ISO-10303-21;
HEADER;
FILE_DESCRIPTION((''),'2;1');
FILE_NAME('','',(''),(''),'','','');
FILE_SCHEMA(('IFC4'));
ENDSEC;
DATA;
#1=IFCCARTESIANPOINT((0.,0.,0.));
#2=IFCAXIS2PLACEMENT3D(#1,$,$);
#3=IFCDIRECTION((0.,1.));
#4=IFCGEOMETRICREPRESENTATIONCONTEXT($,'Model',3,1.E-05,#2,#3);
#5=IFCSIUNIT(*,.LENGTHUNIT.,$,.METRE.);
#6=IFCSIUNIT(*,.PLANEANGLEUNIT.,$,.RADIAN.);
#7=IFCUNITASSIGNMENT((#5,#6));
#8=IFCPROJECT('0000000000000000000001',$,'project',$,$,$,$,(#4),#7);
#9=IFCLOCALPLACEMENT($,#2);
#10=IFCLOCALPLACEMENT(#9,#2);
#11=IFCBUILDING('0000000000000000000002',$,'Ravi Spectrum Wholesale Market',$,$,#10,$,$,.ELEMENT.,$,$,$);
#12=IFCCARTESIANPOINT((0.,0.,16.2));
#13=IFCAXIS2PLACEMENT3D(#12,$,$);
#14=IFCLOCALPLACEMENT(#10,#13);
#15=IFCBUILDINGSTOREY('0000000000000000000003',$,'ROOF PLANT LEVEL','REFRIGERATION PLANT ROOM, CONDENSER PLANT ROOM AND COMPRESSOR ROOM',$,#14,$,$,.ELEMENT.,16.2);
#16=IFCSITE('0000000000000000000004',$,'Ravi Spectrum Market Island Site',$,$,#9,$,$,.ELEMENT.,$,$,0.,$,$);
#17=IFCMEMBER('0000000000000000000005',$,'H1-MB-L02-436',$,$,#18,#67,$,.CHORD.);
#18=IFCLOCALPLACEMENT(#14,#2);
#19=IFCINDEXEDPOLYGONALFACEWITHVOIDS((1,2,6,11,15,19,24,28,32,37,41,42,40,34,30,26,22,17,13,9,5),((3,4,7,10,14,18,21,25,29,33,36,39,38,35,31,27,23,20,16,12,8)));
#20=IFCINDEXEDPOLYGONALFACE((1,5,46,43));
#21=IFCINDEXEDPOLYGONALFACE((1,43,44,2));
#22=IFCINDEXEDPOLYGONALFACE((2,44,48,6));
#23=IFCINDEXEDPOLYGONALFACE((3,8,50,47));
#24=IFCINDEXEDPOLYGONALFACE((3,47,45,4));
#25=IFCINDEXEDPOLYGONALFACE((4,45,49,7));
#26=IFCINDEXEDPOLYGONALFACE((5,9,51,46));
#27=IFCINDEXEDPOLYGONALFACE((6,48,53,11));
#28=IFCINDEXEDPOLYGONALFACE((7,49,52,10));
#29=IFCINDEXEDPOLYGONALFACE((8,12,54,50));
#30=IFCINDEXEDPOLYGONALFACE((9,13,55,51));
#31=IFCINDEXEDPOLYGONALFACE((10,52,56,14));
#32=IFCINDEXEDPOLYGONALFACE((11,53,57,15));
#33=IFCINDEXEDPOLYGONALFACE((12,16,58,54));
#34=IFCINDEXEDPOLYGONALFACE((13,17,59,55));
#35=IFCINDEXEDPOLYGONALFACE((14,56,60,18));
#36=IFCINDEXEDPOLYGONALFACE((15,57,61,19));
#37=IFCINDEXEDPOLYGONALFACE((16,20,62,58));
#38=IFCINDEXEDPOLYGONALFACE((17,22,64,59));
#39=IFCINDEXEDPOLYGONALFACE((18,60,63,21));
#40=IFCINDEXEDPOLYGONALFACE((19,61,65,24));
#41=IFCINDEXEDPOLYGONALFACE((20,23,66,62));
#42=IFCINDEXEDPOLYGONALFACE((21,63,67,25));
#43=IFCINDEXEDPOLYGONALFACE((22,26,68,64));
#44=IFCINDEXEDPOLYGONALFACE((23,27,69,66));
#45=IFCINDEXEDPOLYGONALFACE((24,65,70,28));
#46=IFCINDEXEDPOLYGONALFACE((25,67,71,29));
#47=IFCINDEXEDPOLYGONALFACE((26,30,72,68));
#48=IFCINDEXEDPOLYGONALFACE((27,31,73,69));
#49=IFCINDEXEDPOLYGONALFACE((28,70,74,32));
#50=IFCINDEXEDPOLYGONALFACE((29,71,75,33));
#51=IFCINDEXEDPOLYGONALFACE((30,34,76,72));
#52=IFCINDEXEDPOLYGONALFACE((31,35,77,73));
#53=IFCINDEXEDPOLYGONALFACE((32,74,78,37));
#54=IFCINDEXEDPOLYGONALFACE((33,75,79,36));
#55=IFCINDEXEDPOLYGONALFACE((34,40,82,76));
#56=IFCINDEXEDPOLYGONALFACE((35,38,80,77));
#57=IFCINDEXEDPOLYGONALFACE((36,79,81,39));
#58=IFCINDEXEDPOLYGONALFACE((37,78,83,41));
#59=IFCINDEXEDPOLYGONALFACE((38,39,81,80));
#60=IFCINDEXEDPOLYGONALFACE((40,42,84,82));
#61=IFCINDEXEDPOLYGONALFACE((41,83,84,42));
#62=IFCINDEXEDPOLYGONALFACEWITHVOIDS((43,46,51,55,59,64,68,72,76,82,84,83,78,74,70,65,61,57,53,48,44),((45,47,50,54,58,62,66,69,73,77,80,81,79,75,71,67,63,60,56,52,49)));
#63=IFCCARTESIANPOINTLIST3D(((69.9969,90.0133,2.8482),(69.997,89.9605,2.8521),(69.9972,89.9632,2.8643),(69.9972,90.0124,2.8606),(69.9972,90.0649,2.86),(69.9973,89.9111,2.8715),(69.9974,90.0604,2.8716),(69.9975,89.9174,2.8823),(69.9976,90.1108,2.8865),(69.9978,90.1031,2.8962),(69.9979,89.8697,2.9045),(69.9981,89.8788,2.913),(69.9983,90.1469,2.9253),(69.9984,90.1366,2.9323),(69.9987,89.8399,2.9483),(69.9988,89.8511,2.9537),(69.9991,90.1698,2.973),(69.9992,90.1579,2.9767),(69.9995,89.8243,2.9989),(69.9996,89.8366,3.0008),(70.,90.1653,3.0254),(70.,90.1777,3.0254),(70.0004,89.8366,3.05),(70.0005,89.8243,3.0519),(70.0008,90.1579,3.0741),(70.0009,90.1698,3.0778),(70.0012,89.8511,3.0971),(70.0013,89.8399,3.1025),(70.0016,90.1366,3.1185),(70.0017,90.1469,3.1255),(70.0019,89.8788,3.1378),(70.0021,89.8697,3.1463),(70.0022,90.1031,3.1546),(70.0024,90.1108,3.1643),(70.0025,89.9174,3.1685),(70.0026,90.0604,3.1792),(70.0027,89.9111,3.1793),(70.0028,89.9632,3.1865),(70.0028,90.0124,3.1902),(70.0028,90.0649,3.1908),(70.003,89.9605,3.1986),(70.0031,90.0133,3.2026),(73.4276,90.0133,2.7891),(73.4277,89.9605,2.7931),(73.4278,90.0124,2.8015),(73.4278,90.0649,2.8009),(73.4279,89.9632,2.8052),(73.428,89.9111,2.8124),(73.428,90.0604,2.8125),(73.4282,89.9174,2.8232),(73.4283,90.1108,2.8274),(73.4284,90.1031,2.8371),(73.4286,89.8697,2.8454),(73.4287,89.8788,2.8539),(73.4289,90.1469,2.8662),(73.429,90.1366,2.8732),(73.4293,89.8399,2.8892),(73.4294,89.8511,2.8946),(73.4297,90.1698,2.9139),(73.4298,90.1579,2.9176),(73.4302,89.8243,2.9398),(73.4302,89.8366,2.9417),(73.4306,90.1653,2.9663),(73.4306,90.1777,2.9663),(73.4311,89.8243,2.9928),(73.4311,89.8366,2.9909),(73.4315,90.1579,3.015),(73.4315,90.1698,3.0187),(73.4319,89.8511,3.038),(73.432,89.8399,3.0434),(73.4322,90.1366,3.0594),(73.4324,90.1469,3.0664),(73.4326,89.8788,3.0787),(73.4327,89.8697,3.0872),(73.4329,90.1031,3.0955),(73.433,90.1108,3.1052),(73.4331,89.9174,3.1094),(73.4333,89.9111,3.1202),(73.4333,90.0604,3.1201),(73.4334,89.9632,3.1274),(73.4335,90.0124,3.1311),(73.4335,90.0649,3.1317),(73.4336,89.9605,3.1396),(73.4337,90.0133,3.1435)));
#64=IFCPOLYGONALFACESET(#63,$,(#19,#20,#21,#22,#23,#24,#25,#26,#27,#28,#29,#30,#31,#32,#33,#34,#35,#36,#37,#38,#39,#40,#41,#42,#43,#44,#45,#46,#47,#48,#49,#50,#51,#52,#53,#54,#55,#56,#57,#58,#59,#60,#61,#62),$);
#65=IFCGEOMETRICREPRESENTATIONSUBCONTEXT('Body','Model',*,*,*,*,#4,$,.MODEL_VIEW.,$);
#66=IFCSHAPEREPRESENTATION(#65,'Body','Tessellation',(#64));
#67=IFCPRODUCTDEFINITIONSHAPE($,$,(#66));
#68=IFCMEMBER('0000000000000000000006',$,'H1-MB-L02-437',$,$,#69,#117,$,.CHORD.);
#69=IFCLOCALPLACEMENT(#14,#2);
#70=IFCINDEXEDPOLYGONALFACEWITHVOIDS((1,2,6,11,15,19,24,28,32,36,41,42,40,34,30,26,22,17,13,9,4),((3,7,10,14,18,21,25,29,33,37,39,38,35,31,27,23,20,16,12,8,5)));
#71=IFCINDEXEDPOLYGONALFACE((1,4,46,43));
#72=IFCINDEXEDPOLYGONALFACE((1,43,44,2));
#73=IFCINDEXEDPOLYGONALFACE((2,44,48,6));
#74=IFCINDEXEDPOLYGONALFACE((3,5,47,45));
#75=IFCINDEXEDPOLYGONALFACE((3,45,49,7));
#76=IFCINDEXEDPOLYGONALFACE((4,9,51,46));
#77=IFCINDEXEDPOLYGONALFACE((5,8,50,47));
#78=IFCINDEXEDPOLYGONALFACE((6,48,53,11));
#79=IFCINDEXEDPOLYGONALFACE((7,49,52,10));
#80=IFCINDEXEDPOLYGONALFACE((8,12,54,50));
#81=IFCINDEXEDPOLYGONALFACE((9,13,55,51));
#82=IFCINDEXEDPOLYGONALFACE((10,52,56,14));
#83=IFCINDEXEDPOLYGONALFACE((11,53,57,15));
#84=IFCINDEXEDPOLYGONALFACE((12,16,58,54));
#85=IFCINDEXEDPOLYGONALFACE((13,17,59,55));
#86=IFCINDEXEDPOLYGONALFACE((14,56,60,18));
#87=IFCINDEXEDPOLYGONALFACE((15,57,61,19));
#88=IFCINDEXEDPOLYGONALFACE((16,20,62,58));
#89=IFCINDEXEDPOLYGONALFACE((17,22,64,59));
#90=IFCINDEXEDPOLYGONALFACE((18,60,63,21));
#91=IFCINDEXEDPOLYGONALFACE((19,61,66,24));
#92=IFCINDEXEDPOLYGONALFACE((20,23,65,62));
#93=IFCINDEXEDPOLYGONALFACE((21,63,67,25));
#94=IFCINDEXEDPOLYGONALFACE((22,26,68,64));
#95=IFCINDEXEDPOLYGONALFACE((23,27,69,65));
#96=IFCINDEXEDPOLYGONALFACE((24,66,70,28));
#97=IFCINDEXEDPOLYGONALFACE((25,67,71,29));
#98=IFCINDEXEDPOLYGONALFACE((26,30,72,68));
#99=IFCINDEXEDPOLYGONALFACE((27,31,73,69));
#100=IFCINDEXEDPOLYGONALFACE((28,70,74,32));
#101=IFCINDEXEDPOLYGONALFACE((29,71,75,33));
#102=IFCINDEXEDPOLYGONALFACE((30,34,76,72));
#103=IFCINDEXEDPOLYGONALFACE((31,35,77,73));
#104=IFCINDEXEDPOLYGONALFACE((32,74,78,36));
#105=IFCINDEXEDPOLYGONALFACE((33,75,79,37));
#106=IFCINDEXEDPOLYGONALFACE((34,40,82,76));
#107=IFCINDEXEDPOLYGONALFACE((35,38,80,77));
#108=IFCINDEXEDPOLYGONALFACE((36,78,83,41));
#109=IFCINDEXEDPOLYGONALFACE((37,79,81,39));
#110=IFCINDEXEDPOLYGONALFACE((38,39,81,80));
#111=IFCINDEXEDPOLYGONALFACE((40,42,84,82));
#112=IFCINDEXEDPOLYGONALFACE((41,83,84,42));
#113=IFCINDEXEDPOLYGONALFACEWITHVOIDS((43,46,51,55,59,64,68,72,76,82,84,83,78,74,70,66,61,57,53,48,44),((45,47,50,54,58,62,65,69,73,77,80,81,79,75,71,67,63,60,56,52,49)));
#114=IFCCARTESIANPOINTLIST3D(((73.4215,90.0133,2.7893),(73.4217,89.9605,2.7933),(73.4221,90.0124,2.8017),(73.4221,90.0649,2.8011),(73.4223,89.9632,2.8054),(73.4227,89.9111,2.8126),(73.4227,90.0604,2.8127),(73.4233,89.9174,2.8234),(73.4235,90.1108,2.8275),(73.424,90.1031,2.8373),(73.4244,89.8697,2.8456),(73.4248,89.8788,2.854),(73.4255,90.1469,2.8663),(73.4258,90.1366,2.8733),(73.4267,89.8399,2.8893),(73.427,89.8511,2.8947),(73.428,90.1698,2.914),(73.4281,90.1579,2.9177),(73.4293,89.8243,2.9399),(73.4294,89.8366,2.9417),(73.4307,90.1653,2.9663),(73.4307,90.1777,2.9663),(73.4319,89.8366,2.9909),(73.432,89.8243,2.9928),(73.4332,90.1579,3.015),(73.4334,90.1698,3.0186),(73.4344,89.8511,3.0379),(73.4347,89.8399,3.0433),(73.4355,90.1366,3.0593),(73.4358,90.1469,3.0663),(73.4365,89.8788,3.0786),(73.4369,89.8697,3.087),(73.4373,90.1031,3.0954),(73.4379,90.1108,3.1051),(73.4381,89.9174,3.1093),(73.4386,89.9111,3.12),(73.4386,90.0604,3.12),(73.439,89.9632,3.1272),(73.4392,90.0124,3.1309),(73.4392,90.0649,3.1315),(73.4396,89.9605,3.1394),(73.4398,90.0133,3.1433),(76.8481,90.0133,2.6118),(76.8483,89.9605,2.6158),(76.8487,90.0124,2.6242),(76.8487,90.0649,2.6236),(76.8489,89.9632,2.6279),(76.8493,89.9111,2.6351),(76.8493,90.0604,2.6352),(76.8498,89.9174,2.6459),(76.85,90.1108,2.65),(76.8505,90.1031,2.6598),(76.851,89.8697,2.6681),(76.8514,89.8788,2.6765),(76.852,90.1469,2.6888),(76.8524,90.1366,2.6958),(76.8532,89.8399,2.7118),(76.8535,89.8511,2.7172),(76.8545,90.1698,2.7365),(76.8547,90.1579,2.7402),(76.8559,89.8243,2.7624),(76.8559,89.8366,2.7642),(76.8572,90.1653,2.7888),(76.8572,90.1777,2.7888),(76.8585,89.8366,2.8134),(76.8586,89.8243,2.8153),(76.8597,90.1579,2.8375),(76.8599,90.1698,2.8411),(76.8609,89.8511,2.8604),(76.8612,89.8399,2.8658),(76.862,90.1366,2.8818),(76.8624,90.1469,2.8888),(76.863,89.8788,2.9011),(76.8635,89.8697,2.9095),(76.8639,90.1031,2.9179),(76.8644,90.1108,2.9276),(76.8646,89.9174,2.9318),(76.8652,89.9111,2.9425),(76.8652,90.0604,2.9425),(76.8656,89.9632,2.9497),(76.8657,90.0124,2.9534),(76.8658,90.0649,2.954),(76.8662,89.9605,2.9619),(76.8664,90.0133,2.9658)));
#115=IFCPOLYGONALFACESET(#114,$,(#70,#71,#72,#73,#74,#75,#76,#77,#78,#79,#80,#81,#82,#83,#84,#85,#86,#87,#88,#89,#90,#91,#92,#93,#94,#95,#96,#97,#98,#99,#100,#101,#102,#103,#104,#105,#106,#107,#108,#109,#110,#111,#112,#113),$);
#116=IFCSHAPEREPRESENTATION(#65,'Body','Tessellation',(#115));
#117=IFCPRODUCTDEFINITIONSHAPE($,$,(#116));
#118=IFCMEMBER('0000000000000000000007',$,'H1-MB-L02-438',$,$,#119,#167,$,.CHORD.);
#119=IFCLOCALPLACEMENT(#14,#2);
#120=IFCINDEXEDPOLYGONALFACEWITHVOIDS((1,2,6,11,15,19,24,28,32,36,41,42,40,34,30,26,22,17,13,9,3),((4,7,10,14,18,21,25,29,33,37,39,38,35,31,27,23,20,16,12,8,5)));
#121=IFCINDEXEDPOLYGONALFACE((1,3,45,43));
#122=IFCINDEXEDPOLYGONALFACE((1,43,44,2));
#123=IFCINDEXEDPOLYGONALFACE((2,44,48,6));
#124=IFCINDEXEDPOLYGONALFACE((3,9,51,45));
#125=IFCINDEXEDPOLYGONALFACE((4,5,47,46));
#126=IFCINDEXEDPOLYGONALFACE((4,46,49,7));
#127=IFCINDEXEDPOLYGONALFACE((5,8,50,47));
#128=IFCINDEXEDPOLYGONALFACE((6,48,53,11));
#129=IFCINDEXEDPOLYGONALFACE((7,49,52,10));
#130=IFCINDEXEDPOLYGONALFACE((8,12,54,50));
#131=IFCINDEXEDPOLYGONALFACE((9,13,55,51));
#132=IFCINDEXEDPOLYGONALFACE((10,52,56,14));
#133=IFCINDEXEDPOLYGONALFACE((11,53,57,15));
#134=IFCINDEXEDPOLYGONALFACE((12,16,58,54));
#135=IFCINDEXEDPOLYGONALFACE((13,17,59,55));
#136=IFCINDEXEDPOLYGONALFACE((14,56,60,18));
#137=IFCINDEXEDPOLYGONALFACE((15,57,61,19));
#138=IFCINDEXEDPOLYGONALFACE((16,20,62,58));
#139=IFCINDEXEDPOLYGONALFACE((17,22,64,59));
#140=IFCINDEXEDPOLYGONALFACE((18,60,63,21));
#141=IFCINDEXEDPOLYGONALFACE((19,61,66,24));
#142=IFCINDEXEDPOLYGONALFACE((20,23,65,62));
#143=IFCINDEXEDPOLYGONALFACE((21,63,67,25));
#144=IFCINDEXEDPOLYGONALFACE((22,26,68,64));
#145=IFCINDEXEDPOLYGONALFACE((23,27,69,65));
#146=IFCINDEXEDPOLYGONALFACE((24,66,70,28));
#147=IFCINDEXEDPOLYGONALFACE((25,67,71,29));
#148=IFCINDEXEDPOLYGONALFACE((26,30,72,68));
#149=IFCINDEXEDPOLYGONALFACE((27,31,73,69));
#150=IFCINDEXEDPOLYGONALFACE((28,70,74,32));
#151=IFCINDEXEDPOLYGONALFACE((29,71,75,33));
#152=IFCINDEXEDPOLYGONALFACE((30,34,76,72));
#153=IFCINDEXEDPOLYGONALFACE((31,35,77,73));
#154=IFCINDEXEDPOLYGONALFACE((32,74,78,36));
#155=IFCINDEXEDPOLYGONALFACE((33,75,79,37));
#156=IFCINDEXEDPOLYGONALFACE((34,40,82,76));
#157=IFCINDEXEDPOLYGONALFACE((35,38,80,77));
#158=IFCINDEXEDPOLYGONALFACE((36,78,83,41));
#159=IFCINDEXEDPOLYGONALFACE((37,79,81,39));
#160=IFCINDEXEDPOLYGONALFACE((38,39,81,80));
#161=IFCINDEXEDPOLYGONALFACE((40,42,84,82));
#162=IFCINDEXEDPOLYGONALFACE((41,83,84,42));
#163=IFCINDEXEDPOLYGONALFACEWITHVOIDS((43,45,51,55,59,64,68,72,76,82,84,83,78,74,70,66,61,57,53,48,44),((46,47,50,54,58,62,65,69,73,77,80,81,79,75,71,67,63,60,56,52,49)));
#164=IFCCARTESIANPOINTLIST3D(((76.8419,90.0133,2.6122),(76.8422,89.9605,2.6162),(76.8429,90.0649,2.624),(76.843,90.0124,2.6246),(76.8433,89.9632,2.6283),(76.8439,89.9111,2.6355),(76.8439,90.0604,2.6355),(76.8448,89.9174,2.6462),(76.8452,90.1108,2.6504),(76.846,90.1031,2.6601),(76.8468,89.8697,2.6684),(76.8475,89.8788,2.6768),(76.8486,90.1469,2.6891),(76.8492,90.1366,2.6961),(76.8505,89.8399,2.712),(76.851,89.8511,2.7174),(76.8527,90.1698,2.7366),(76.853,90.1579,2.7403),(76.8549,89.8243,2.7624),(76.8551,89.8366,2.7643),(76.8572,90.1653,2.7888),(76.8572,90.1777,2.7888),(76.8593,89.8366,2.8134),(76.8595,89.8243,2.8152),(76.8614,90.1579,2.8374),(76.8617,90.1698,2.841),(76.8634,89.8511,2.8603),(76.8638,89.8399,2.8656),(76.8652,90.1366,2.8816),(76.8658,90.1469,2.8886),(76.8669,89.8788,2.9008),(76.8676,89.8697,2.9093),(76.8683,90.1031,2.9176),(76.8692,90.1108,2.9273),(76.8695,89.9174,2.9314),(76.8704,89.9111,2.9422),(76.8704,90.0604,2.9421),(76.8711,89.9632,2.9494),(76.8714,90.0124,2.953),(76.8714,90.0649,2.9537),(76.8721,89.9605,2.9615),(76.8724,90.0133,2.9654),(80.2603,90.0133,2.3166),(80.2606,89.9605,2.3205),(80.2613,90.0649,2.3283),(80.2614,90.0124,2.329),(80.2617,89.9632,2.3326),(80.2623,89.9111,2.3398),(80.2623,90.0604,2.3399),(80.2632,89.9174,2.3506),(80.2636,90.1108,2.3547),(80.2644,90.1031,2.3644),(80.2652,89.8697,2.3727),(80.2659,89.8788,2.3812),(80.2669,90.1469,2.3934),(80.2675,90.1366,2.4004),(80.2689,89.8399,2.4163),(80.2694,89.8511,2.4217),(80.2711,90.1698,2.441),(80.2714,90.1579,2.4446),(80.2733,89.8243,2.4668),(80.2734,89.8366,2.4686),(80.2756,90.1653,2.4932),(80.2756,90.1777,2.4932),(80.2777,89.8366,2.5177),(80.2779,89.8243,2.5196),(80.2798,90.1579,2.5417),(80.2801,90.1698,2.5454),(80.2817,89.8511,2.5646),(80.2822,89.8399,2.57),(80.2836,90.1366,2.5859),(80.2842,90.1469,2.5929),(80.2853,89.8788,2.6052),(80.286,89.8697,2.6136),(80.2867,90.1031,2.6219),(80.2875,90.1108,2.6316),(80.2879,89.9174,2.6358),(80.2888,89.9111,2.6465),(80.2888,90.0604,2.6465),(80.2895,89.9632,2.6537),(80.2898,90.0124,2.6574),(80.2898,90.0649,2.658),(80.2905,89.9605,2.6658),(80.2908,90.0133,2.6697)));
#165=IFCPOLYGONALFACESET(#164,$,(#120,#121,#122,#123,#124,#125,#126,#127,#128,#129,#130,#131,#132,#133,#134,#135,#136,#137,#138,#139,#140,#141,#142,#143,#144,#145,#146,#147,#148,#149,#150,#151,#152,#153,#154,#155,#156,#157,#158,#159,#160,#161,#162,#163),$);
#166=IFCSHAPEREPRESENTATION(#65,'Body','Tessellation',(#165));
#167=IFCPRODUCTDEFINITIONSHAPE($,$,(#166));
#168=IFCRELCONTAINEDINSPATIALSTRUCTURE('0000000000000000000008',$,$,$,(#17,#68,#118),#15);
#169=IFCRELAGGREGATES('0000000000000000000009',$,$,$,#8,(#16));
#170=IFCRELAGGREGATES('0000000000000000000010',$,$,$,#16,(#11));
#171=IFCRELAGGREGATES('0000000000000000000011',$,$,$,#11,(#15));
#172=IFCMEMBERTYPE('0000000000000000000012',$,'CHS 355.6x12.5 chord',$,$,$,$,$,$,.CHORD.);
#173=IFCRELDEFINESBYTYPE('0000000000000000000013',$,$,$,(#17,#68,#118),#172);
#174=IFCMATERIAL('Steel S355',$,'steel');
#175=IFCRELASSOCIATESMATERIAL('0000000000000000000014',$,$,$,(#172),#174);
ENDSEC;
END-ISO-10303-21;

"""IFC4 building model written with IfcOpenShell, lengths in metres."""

from ifc_helpers import new_model, si_unit, direction, frame, origin, origin_2d, place, context, subcontext, project, spatial, hollow_circle, extrude, material, material_profile, profile_set, type_object, element, save


model = new_model("IFC4")

# Units and contexts
model_context = context("Model", 3, precision=1e-05, world=origin(), true_north=direction((0.0, 1.0)))
body_context = subcontext(model_context, "Body", "Model", "MODEL_VIEW")
ifc_project = project(units=[si_unit("LENGTHUNIT", "METRE"), si_unit("PLANEANGLEUNIT", "RADIAN")], contexts=[model_context])

# Site, building, storey
site_placement = place(None, origin())
site = spatial("IfcSite", under=ifc_project, at=site_placement, Name="Ravi Spectrum Market Island Site", CompositionType="ELEMENT", RefElevation=0.0)
building_placement = place(site_placement, origin())
building = spatial("IfcBuilding", under=site, at=building_placement, Name="Ravi Spectrum Wholesale Market", CompositionType="ELEMENT")
storey_placement = place(building_placement, frame((0.0, 0.0, 16.2)))
storey = spatial("IfcBuildingStorey", under=building, at=storey_placement, Name="ROOF PLANT LEVEL", Description="REFRIGERATION PLANT ROOM, CONDENSER PLANT ROOM AND COMPRESSOR ROOM", CompositionType="ELEMENT", Elevation=16.2)

# Members
ifc_material_1 = material(Name="Steel S355", Category="steel")
ifc_material_profile_1 = material_profile(ifc_material_1, hollow_circle(Radius=0.1777, WallThickness=0.0125, at=origin_2d()))
ifc_profile_set_1 = profile_set([ifc_material_profile_1], Name="Steel S355")
member_type_1 = type_object("IfcMemberType", Name="CHS 355.6x12.5 chord", PredefinedType="CHORD", material=ifc_profile_set_1)
for number, where, z_axis, x_axis, name in (
    (1, (70.0, 90.0, 3.0254), (0.999852, 0.0, -0.017219), (0.0, 1.0, 0.0), "H1-MB-L02-436"),
    (2, (73.4307, 90.0, 2.9663), (0.998661, 0.0, -0.05173), (0.0, 1.0, 0.0), "H1-MB-L02-437"),
    (3, (76.8572, 90.0, 2.7888), (0.996281, 0.0, -0.086166), (0.0, 1.0, 0.0), "H1-MB-L02-438"),
):
    element("IfcMember", number, at=place(storey_placement, frame(where, z_axis=z_axis, x_axis=x_axis)), inside=storey, type_object=member_type_1, Name=name, PredefinedType="CHORD", context=body_context, shape_type="SweptSolid", body=[
        extrude(hollow_circle(Radius=0.1777, WallThickness=0.0125, at=origin_2d()), origin(), (0.0, 0.0, 1.0), 3.4312),
    ])

save(model, "model.ifc")
